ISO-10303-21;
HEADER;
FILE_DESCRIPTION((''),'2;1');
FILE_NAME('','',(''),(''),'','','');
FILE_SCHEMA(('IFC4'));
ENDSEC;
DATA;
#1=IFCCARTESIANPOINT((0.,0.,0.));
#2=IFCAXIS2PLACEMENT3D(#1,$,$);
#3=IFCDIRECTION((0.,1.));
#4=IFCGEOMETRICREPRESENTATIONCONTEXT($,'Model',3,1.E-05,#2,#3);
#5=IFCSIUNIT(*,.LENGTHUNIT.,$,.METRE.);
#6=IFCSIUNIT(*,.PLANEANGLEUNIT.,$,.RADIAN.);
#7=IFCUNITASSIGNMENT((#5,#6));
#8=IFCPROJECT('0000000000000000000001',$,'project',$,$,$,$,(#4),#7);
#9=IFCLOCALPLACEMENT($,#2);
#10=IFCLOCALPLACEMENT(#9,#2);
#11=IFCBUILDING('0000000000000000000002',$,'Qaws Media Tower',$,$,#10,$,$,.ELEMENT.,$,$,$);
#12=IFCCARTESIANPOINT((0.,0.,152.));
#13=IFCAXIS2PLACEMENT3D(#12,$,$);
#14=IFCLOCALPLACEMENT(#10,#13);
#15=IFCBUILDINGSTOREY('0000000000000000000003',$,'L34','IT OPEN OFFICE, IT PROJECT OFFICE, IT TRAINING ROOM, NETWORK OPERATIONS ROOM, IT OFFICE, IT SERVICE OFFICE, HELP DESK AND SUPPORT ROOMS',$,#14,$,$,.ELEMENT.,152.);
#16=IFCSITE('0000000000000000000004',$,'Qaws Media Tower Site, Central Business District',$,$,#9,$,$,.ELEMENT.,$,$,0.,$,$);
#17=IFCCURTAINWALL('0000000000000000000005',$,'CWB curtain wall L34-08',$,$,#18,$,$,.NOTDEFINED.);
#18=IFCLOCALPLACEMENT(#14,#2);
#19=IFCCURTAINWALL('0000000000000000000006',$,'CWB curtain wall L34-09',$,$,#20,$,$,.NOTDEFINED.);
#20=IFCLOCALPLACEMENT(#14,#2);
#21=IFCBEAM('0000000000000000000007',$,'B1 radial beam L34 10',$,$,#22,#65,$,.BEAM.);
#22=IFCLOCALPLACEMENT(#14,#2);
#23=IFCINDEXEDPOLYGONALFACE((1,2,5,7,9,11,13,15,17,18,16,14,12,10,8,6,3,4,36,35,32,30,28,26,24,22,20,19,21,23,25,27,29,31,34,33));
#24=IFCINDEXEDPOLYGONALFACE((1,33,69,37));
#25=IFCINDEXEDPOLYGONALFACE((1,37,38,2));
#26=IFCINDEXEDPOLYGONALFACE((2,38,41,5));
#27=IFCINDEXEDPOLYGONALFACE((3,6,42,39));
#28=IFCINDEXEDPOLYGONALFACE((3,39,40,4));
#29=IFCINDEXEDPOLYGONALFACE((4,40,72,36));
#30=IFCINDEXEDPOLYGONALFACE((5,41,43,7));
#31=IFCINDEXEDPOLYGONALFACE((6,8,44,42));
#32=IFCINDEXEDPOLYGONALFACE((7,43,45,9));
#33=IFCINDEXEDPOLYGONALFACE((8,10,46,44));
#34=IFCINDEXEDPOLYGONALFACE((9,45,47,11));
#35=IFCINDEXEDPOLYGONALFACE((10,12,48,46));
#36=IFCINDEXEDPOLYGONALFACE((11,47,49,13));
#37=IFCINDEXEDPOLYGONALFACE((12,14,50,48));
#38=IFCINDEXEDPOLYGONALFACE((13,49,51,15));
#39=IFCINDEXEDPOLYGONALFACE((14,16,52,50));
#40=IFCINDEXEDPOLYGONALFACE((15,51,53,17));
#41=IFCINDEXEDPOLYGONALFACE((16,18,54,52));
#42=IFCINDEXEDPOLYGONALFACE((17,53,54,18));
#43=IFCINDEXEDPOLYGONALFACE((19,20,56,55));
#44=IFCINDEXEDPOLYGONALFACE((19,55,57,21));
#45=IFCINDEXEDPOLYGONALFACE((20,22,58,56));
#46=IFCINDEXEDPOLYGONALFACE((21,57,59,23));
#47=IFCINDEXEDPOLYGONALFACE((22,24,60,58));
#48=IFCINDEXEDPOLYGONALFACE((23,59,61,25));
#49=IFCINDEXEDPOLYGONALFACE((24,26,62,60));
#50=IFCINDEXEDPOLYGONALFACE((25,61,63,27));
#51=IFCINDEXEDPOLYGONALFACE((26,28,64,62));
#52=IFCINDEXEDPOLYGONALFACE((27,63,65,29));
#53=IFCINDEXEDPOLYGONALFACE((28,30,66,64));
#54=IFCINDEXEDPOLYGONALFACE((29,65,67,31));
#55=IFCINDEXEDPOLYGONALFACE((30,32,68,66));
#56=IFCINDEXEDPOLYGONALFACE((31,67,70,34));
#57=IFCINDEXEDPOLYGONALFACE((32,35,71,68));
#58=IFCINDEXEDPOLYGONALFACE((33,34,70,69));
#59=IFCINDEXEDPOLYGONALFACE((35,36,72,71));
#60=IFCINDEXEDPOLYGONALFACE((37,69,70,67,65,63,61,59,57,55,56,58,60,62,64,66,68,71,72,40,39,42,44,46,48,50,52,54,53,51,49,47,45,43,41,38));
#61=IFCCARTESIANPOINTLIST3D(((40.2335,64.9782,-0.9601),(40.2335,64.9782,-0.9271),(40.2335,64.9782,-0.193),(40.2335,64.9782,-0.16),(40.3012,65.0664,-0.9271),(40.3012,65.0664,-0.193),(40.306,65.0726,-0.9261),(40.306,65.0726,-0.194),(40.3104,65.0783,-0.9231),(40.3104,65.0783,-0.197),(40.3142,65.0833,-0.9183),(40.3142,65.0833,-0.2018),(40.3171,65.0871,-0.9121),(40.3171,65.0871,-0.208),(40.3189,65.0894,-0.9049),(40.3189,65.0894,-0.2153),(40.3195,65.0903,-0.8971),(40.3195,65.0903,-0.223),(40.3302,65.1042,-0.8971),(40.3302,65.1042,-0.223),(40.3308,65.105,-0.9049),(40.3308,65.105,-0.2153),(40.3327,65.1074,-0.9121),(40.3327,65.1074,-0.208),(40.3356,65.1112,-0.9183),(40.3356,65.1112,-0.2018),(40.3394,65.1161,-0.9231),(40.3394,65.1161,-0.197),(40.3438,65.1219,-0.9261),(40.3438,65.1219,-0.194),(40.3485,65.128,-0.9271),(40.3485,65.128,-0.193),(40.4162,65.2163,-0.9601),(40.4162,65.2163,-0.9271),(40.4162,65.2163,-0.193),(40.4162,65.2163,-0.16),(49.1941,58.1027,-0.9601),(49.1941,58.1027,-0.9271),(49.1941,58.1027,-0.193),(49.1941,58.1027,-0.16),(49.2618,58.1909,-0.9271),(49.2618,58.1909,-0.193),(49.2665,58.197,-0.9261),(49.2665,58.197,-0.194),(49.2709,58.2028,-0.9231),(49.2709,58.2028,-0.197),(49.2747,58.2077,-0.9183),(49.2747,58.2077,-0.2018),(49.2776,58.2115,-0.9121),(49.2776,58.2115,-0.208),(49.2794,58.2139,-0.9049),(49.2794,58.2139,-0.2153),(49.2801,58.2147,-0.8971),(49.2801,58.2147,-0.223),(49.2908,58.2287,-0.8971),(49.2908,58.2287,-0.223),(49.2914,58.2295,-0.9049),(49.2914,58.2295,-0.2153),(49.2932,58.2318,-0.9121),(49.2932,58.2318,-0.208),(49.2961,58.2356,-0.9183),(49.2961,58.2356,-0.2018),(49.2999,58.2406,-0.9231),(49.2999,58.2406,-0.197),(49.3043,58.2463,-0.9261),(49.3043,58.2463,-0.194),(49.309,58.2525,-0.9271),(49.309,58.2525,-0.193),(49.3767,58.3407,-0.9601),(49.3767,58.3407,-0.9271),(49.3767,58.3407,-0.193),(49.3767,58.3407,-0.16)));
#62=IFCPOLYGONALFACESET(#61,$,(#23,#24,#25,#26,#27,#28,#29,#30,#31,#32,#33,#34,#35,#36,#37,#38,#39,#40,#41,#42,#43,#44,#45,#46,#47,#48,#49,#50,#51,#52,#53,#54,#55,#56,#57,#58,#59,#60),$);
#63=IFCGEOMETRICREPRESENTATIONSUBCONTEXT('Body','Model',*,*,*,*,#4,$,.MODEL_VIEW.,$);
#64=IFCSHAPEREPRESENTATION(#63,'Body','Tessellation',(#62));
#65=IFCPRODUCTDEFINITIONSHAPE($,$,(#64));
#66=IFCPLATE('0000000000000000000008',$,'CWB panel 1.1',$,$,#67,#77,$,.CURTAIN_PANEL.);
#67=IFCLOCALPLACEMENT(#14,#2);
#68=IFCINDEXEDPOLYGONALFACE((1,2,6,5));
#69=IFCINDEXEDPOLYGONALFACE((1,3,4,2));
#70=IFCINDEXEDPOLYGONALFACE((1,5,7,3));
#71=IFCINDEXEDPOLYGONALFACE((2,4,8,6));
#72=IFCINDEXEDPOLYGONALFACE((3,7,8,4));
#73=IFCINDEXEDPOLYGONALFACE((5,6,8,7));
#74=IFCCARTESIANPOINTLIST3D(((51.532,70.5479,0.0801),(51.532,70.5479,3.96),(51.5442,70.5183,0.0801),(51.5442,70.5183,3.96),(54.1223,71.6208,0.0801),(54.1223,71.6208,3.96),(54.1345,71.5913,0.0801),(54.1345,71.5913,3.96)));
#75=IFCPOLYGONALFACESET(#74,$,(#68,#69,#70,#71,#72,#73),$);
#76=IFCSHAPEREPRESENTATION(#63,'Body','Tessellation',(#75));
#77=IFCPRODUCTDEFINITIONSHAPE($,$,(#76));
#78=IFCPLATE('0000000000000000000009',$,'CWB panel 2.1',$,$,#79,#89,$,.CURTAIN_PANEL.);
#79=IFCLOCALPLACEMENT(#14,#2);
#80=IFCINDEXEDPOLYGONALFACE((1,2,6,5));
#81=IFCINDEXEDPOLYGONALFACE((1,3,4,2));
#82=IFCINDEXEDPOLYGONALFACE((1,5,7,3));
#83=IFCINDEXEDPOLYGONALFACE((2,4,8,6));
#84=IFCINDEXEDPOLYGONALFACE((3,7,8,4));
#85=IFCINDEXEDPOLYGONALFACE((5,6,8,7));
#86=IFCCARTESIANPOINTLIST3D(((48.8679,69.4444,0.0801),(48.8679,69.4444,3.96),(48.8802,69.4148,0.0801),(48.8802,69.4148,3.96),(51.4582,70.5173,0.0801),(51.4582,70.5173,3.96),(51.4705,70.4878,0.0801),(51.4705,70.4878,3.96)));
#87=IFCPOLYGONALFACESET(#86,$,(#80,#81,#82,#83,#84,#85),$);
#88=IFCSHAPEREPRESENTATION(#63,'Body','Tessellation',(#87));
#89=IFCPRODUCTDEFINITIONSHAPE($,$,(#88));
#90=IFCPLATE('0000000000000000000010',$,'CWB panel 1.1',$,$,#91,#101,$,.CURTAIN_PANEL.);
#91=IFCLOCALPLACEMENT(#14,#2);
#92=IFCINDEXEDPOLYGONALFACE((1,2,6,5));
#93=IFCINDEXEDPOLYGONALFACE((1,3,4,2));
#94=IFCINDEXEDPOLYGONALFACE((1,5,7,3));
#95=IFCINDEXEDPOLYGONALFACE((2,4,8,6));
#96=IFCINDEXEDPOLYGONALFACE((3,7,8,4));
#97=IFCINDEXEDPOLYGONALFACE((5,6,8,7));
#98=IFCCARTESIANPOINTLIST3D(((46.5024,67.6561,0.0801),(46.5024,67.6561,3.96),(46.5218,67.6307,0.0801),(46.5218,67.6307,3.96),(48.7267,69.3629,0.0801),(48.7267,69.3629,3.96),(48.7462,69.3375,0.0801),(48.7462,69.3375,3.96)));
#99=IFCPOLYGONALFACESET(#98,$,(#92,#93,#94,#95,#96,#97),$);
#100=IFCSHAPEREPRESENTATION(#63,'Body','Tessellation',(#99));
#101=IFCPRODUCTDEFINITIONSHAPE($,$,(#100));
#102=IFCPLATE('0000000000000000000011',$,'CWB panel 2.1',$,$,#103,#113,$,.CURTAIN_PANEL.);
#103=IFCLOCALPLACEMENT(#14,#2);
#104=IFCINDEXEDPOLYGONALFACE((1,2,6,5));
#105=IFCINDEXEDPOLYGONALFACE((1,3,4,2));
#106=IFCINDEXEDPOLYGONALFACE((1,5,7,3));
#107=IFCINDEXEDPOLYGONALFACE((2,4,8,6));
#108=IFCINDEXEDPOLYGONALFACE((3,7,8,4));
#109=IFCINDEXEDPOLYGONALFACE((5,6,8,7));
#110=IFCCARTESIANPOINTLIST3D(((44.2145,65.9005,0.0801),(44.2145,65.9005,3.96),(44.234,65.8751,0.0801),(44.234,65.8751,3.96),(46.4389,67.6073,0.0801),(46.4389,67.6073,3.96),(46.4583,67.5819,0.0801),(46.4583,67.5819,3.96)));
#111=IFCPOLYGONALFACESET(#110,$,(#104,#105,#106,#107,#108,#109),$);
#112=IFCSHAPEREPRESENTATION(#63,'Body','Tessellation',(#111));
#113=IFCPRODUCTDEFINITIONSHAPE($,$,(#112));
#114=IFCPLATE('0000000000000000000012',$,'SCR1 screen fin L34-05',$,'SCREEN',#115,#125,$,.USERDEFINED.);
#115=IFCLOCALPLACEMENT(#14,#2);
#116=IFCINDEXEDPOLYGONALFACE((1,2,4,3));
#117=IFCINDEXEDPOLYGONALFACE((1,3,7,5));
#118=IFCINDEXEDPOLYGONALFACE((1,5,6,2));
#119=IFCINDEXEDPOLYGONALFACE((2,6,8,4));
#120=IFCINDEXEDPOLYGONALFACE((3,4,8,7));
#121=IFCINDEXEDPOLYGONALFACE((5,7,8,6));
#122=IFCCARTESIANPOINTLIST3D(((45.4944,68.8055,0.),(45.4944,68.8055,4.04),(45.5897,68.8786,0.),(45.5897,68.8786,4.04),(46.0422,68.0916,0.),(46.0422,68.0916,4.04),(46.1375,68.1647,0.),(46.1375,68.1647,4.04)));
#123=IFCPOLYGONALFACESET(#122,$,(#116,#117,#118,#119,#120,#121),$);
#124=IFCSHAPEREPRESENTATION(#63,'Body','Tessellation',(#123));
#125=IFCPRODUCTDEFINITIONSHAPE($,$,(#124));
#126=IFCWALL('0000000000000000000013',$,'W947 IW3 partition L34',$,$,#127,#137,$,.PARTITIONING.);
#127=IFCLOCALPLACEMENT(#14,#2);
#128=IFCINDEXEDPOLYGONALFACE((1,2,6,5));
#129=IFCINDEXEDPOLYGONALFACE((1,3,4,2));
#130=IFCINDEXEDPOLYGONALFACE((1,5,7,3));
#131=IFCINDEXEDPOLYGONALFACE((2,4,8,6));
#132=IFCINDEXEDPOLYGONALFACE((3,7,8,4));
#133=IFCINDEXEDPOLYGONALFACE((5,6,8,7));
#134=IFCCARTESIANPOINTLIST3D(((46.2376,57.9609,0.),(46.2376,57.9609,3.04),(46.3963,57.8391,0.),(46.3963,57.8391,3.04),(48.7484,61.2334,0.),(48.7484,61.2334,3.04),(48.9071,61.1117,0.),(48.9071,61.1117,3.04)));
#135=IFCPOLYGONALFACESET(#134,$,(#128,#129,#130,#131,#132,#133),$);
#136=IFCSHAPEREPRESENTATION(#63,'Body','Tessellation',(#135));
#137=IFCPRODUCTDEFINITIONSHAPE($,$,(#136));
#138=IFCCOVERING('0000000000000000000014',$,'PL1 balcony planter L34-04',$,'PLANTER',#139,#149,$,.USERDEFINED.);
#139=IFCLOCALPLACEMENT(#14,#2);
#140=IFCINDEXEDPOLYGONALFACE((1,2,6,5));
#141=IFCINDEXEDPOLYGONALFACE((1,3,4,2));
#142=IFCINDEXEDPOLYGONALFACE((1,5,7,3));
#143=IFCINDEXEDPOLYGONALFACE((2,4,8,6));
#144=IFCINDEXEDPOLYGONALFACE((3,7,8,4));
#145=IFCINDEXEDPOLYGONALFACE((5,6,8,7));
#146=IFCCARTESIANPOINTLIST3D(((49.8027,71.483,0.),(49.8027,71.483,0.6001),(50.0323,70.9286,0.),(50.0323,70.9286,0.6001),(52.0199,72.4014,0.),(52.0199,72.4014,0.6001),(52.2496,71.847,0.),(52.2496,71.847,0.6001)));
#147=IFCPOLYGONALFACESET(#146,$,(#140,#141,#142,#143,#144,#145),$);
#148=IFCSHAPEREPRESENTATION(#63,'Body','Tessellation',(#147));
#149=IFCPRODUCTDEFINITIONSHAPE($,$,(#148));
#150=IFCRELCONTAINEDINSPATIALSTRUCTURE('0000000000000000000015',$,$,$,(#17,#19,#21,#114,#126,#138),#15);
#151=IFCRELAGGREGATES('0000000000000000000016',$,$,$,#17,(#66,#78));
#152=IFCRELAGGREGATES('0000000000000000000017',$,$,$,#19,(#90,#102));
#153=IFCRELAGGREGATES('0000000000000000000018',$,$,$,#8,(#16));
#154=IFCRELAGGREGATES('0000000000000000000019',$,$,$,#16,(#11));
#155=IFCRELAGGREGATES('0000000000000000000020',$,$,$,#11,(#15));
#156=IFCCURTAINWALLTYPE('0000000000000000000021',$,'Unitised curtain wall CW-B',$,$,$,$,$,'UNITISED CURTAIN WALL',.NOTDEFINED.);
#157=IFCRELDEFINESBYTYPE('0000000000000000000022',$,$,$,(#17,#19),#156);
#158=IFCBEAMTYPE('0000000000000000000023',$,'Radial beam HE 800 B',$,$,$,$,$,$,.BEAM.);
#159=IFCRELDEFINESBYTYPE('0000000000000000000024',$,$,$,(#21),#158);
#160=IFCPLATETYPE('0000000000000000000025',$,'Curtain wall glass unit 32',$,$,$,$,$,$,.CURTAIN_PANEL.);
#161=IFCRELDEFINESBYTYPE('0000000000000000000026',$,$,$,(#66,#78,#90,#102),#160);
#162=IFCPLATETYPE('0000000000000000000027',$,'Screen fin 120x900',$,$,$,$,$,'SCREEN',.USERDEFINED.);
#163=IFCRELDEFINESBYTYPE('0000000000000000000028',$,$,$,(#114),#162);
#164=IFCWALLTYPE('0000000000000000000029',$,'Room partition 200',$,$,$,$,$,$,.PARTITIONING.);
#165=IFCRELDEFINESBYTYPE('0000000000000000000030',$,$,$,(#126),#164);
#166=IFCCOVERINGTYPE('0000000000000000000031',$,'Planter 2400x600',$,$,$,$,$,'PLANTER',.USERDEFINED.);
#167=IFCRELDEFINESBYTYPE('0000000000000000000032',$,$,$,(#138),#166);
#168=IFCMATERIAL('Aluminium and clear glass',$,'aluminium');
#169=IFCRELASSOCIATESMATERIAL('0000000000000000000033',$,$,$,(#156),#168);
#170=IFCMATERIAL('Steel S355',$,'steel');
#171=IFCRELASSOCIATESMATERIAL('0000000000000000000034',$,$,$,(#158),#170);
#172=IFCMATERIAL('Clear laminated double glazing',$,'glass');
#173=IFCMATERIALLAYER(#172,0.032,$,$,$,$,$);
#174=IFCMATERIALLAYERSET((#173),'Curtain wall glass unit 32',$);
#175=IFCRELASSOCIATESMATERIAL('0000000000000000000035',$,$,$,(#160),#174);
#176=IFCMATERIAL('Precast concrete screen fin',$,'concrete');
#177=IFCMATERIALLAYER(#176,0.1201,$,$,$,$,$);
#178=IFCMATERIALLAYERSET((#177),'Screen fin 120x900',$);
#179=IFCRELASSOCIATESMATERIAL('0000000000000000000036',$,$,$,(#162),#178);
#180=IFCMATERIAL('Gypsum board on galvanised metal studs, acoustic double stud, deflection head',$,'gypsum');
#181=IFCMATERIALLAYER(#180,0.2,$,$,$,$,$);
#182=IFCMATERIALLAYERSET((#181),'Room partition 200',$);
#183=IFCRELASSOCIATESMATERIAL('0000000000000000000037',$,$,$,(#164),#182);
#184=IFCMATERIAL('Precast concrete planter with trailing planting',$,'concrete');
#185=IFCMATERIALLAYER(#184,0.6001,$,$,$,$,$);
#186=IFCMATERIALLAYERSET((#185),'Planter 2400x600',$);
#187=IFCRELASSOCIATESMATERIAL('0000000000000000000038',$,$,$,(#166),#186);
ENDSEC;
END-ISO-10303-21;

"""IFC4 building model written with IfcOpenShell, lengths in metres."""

from ifc_helpers import new_model, si_unit, direction, frame, frame_2d, origin, origin_2d, place, context, subcontext, project, spatial, rectangle, i_section, extrude, material, layer, layer_set, material_profile, profile_set, type_object, element, aggregate, save


model = new_model("IFC4")

# Units and contexts
model_context = context("Model", 3, precision=1e-05, world=origin(), true_north=direction((0.0, 1.0)))
body_context = subcontext(model_context, "Body", "Model", "MODEL_VIEW")
ifc_project = project(units=[si_unit("LENGTHUNIT", "METRE"), si_unit("PLANEANGLEUNIT", "RADIAN")], contexts=[model_context])

# Site, building, storey
site_placement = place(None, origin())
site = spatial("IfcSite", under=ifc_project, at=site_placement, Name="Qaws Media Tower Site, Central Business District", CompositionType="ELEMENT", RefElevation=0.0)
building_placement = place(site_placement, origin())
building = spatial("IfcBuilding", under=site, at=building_placement, Name="Qaws Media Tower", CompositionType="ELEMENT")
storey_placement = place(building_placement, frame((0.0, 0.0, 152.0)))
storey = spatial("IfcBuildingStorey", under=building, at=storey_placement, Name="L34", Description="IT OPEN OFFICE, IT PROJECT OFFICE, IT TRAINING ROOM, NETWORK OPERATIONS ROOM, IT OFFICE, IT SERVICE OFFICE, HELP DESK AND SUPPORT ROOMS", CompositionType="ELEMENT", Elevation=152.0)

# Curtain walls
ifc_material_1 = material(Name="Aluminium and clear glass", Category="aluminium")
curtain_wall_type = type_object("IfcCurtainWallType", Name="Unitised curtain wall CW-B", ElementType="UNITISED CURTAIN WALL", PredefinedType="NOTDEFINED", material=ifc_material_1)
curtain_wall_1_placement = place(storey_placement, origin())
curtain_wall_1 = element("IfcCurtainWall", 1, at=curtain_wall_1_placement, inside=storey, type_object=curtain_wall_type, Name="CWB curtain wall L34-08", PredefinedType="NOTDEFINED")
curtain_wall_2_placement = place(storey_placement, origin())
curtain_wall_2 = element("IfcCurtainWall", 2, at=curtain_wall_2_placement, inside=storey, type_object=curtain_wall_type, Name="CWB curtain wall L34-09", PredefinedType="NOTDEFINED")

# Beam
ifc_material_2 = material(Name="Steel S355", Category="steel")
ifc_material_profile_1 = material_profile(ifc_material_2, i_section(OverallWidth=0.3, OverallDepth=0.8, WebThickness=0.0176, FlangeThickness=0.033, FilletRadius=0.03, at=origin_2d()), Name="HE 800 B")
ifc_profile_set_1 = profile_set([ifc_material_profile_1], Name="Steel S355")
beam_type_1 = type_object("IfcBeamType", Name="Radial beam HE 800 B", PredefinedType="BEAM", material=ifc_profile_set_1)
for number, where, z_axis, x_axis, name in (
    (3, (49.2854, 58.2217, -0.5601), (-0.793358, 0.608756, 0.0), (-0.608756, -0.793358, 0.0), "B1 radial beam L34 10"),
):
    element("IfcBeam", number, at=place(storey_placement, frame(where, z_axis=z_axis, x_axis=x_axis)), inside=storey, type_object=beam_type_1, Name=name, PredefinedType="BEAM", context=body_context, shape_type="SweptSolid", body=[
        extrude(i_section(OverallWidth=0.3, OverallDepth=0.8, WebThickness=0.0176, FlangeThickness=0.033, FilletRadius=0.03, at=origin_2d()), origin(), (0.0, 0.0, 1.0), 11.2944),
    ])

# Plates
ifc_material_3 = material(Name="Clear laminated double glazing", Category="glass")
ifc_layer_1 = layer(ifc_material_3, 0.032)
ifc_layer_set_1 = layer_set([ifc_layer_1], Name="Curtain wall glass unit 32")
plate_type_1 = type_object("IfcPlateType", Name="Curtain wall glass unit 32", PredefinedType="CURTAIN_PANEL", material=ifc_layer_set_1)
plate_1_placement = place(storey_placement, frame((52.8333, 71.0696, 0.0801), z_axis=(0.0, 0.0, 1.0), x_axis=(-0.923879, -0.382684, 0.0)))
plate_1 = element("IfcPlate", 4, at=plate_1_placement, type_object=plate_type_1, Name="CWB panel 1.1", PredefinedType="CURTAIN_PANEL", context=body_context, shape_type="SweptSolid", body=[
    extrude(rectangle(XDim=2.8037, YDim=0.032, at=origin_2d()), origin(), (0.0, 0.0, 1.0), 3.8799),
])
plate_2_placement = place(storey_placement, frame((50.1692, 69.9661, 0.0801), z_axis=(0.0, 0.0, 1.0), x_axis=(-0.923879, -0.382684, 0.0)))
plate_2 = element("IfcPlate", 5, at=plate_2_placement, type_object=plate_type_1, Name="CWB panel 2.1", PredefinedType="CURTAIN_PANEL", context=body_context, shape_type="SweptSolid", body=[
    extrude(rectangle(XDim=2.8037, YDim=0.032, at=origin_2d()), origin(), (0.0, 0.0, 1.0), 3.8799),
])
aggregate(curtain_wall_1, [plate_1, plate_2])
plate_3_placement = place(storey_placement, frame((47.6243, 68.4968, 0.0801), z_axis=(0.0, 0.0, 1.0), x_axis=(-0.793353, -0.608761, 0.0)))
plate_3 = element("IfcPlate", 6, at=plate_3_placement, type_object=plate_type_1, Name="CWB panel 1.1", PredefinedType="CURTAIN_PANEL", context=body_context, shape_type="SweptSolid", body=[
    extrude(rectangle(XDim=2.8037, YDim=0.032, at=origin_2d()), origin(), (0.0, 0.0, 1.0), 3.8799),
])
plate_4_placement = place(storey_placement, frame((45.3364, 66.7412, 0.0801), z_axis=(0.0, 0.0, 1.0), x_axis=(-0.793353, -0.608761, 0.0)))
plate_4 = element("IfcPlate", 7, at=plate_4_placement, type_object=plate_type_1, Name="CWB panel 2.1", PredefinedType="CURTAIN_PANEL", context=body_context, shape_type="SweptSolid", body=[
    extrude(rectangle(XDim=2.8037, YDim=0.032, at=origin_2d()), origin(), (0.0, 0.0, 1.0), 3.8799),
])
aggregate(curtain_wall_2, [plate_3, plate_4])
ifc_material_4 = material(Name="Precast concrete screen fin", Category="concrete")
ifc_layer_2 = layer(ifc_material_4, 0.1201)
ifc_layer_set_2 = layer_set([ifc_layer_2], Name="Screen fin 120x900")
plate_type_2 = type_object("IfcPlateType", Name="Screen fin 120x900", ElementType="SCREEN", PredefinedType="USERDEFINED", material=ifc_layer_set_2)
plate_5_placement = place(storey_placement, frame((45.8159, 68.4851, 0.0), z_axis=(0.0, 0.0, 1.0), x_axis=(-0.608761, 0.793353, 0.0)))
element("IfcPlate", 8, at=plate_5_placement, inside=storey, type_object=plate_type_2, Name="SCR1 screen fin L34-05", ObjectType="SCREEN", PredefinedType="USERDEFINED", context=body_context, shape_type="SweptSolid", body=[
    extrude(rectangle(XDim=0.8999, YDim=0.1201, at=origin_2d()), origin(), (0.0, 0.0, 1.0), 4.04),
])

# Wall
ifc_material_5 = material(Name="Gypsum board on galvanised metal studs, acoustic double stud, deflection head", Category="gypsum")
ifc_layer_3 = layer(ifc_material_5, 0.2)
ifc_layer_set_3 = layer_set([ifc_layer_3], Name="Room partition 200")
wall_type = type_object("IfcWallType", Name="Room partition 200", PredefinedType="PARTITIONING", material=ifc_layer_set_3)
wall_placement = place(storey_placement, frame((46.3169, 57.8999, 0.0), z_axis=(0.0, 0.0, 1.0), x_axis=(0.608715, 0.793389, 0.0)))
element("IfcWall", 9, at=wall_placement, inside=storey, type_object=wall_type, Name="W947 IW3 partition L34", PredefinedType="PARTITIONING", context=body_context, shape_type="SweptSolid", body=[
    extrude(rectangle(XDim=4.1248, YDim=0.2, at=frame_2d((2.0625, 0.0))), origin(), (0.0, 0.0, 1.0), 3.04),
])

# Covering
ifc_material_6 = material(Name="Precast concrete planter with trailing planting", Category="concrete")
ifc_layer_4 = layer(ifc_material_6, 0.6001)
ifc_layer_set_4 = layer_set([ifc_layer_4], Name="Planter 2400x600")
covering_type = type_object("IfcCoveringType", Name="Planter 2400x600", ElementType="PLANTER", PredefinedType="USERDEFINED", material=ifc_layer_set_4)
covering_placement = place(storey_placement, frame((51.0261, 71.665, 0.0), z_axis=(0.0, 0.0, 1.0), x_axis=(-0.92388, -0.382683, 0.0)))
element("IfcCovering", 10, at=covering_placement, inside=storey, type_object=covering_type, Name="PL1 balcony planter L34-04", ObjectType="PLANTER", PredefinedType="USERDEFINED", context=body_context, shape_type="SweptSolid", body=[
    extrude(rectangle(XDim=2.3999, YDim=0.6001, at=origin_2d()), origin(), (0.0, 0.0, 1.0), 0.6001),
])

save(model, "model.ifc")
